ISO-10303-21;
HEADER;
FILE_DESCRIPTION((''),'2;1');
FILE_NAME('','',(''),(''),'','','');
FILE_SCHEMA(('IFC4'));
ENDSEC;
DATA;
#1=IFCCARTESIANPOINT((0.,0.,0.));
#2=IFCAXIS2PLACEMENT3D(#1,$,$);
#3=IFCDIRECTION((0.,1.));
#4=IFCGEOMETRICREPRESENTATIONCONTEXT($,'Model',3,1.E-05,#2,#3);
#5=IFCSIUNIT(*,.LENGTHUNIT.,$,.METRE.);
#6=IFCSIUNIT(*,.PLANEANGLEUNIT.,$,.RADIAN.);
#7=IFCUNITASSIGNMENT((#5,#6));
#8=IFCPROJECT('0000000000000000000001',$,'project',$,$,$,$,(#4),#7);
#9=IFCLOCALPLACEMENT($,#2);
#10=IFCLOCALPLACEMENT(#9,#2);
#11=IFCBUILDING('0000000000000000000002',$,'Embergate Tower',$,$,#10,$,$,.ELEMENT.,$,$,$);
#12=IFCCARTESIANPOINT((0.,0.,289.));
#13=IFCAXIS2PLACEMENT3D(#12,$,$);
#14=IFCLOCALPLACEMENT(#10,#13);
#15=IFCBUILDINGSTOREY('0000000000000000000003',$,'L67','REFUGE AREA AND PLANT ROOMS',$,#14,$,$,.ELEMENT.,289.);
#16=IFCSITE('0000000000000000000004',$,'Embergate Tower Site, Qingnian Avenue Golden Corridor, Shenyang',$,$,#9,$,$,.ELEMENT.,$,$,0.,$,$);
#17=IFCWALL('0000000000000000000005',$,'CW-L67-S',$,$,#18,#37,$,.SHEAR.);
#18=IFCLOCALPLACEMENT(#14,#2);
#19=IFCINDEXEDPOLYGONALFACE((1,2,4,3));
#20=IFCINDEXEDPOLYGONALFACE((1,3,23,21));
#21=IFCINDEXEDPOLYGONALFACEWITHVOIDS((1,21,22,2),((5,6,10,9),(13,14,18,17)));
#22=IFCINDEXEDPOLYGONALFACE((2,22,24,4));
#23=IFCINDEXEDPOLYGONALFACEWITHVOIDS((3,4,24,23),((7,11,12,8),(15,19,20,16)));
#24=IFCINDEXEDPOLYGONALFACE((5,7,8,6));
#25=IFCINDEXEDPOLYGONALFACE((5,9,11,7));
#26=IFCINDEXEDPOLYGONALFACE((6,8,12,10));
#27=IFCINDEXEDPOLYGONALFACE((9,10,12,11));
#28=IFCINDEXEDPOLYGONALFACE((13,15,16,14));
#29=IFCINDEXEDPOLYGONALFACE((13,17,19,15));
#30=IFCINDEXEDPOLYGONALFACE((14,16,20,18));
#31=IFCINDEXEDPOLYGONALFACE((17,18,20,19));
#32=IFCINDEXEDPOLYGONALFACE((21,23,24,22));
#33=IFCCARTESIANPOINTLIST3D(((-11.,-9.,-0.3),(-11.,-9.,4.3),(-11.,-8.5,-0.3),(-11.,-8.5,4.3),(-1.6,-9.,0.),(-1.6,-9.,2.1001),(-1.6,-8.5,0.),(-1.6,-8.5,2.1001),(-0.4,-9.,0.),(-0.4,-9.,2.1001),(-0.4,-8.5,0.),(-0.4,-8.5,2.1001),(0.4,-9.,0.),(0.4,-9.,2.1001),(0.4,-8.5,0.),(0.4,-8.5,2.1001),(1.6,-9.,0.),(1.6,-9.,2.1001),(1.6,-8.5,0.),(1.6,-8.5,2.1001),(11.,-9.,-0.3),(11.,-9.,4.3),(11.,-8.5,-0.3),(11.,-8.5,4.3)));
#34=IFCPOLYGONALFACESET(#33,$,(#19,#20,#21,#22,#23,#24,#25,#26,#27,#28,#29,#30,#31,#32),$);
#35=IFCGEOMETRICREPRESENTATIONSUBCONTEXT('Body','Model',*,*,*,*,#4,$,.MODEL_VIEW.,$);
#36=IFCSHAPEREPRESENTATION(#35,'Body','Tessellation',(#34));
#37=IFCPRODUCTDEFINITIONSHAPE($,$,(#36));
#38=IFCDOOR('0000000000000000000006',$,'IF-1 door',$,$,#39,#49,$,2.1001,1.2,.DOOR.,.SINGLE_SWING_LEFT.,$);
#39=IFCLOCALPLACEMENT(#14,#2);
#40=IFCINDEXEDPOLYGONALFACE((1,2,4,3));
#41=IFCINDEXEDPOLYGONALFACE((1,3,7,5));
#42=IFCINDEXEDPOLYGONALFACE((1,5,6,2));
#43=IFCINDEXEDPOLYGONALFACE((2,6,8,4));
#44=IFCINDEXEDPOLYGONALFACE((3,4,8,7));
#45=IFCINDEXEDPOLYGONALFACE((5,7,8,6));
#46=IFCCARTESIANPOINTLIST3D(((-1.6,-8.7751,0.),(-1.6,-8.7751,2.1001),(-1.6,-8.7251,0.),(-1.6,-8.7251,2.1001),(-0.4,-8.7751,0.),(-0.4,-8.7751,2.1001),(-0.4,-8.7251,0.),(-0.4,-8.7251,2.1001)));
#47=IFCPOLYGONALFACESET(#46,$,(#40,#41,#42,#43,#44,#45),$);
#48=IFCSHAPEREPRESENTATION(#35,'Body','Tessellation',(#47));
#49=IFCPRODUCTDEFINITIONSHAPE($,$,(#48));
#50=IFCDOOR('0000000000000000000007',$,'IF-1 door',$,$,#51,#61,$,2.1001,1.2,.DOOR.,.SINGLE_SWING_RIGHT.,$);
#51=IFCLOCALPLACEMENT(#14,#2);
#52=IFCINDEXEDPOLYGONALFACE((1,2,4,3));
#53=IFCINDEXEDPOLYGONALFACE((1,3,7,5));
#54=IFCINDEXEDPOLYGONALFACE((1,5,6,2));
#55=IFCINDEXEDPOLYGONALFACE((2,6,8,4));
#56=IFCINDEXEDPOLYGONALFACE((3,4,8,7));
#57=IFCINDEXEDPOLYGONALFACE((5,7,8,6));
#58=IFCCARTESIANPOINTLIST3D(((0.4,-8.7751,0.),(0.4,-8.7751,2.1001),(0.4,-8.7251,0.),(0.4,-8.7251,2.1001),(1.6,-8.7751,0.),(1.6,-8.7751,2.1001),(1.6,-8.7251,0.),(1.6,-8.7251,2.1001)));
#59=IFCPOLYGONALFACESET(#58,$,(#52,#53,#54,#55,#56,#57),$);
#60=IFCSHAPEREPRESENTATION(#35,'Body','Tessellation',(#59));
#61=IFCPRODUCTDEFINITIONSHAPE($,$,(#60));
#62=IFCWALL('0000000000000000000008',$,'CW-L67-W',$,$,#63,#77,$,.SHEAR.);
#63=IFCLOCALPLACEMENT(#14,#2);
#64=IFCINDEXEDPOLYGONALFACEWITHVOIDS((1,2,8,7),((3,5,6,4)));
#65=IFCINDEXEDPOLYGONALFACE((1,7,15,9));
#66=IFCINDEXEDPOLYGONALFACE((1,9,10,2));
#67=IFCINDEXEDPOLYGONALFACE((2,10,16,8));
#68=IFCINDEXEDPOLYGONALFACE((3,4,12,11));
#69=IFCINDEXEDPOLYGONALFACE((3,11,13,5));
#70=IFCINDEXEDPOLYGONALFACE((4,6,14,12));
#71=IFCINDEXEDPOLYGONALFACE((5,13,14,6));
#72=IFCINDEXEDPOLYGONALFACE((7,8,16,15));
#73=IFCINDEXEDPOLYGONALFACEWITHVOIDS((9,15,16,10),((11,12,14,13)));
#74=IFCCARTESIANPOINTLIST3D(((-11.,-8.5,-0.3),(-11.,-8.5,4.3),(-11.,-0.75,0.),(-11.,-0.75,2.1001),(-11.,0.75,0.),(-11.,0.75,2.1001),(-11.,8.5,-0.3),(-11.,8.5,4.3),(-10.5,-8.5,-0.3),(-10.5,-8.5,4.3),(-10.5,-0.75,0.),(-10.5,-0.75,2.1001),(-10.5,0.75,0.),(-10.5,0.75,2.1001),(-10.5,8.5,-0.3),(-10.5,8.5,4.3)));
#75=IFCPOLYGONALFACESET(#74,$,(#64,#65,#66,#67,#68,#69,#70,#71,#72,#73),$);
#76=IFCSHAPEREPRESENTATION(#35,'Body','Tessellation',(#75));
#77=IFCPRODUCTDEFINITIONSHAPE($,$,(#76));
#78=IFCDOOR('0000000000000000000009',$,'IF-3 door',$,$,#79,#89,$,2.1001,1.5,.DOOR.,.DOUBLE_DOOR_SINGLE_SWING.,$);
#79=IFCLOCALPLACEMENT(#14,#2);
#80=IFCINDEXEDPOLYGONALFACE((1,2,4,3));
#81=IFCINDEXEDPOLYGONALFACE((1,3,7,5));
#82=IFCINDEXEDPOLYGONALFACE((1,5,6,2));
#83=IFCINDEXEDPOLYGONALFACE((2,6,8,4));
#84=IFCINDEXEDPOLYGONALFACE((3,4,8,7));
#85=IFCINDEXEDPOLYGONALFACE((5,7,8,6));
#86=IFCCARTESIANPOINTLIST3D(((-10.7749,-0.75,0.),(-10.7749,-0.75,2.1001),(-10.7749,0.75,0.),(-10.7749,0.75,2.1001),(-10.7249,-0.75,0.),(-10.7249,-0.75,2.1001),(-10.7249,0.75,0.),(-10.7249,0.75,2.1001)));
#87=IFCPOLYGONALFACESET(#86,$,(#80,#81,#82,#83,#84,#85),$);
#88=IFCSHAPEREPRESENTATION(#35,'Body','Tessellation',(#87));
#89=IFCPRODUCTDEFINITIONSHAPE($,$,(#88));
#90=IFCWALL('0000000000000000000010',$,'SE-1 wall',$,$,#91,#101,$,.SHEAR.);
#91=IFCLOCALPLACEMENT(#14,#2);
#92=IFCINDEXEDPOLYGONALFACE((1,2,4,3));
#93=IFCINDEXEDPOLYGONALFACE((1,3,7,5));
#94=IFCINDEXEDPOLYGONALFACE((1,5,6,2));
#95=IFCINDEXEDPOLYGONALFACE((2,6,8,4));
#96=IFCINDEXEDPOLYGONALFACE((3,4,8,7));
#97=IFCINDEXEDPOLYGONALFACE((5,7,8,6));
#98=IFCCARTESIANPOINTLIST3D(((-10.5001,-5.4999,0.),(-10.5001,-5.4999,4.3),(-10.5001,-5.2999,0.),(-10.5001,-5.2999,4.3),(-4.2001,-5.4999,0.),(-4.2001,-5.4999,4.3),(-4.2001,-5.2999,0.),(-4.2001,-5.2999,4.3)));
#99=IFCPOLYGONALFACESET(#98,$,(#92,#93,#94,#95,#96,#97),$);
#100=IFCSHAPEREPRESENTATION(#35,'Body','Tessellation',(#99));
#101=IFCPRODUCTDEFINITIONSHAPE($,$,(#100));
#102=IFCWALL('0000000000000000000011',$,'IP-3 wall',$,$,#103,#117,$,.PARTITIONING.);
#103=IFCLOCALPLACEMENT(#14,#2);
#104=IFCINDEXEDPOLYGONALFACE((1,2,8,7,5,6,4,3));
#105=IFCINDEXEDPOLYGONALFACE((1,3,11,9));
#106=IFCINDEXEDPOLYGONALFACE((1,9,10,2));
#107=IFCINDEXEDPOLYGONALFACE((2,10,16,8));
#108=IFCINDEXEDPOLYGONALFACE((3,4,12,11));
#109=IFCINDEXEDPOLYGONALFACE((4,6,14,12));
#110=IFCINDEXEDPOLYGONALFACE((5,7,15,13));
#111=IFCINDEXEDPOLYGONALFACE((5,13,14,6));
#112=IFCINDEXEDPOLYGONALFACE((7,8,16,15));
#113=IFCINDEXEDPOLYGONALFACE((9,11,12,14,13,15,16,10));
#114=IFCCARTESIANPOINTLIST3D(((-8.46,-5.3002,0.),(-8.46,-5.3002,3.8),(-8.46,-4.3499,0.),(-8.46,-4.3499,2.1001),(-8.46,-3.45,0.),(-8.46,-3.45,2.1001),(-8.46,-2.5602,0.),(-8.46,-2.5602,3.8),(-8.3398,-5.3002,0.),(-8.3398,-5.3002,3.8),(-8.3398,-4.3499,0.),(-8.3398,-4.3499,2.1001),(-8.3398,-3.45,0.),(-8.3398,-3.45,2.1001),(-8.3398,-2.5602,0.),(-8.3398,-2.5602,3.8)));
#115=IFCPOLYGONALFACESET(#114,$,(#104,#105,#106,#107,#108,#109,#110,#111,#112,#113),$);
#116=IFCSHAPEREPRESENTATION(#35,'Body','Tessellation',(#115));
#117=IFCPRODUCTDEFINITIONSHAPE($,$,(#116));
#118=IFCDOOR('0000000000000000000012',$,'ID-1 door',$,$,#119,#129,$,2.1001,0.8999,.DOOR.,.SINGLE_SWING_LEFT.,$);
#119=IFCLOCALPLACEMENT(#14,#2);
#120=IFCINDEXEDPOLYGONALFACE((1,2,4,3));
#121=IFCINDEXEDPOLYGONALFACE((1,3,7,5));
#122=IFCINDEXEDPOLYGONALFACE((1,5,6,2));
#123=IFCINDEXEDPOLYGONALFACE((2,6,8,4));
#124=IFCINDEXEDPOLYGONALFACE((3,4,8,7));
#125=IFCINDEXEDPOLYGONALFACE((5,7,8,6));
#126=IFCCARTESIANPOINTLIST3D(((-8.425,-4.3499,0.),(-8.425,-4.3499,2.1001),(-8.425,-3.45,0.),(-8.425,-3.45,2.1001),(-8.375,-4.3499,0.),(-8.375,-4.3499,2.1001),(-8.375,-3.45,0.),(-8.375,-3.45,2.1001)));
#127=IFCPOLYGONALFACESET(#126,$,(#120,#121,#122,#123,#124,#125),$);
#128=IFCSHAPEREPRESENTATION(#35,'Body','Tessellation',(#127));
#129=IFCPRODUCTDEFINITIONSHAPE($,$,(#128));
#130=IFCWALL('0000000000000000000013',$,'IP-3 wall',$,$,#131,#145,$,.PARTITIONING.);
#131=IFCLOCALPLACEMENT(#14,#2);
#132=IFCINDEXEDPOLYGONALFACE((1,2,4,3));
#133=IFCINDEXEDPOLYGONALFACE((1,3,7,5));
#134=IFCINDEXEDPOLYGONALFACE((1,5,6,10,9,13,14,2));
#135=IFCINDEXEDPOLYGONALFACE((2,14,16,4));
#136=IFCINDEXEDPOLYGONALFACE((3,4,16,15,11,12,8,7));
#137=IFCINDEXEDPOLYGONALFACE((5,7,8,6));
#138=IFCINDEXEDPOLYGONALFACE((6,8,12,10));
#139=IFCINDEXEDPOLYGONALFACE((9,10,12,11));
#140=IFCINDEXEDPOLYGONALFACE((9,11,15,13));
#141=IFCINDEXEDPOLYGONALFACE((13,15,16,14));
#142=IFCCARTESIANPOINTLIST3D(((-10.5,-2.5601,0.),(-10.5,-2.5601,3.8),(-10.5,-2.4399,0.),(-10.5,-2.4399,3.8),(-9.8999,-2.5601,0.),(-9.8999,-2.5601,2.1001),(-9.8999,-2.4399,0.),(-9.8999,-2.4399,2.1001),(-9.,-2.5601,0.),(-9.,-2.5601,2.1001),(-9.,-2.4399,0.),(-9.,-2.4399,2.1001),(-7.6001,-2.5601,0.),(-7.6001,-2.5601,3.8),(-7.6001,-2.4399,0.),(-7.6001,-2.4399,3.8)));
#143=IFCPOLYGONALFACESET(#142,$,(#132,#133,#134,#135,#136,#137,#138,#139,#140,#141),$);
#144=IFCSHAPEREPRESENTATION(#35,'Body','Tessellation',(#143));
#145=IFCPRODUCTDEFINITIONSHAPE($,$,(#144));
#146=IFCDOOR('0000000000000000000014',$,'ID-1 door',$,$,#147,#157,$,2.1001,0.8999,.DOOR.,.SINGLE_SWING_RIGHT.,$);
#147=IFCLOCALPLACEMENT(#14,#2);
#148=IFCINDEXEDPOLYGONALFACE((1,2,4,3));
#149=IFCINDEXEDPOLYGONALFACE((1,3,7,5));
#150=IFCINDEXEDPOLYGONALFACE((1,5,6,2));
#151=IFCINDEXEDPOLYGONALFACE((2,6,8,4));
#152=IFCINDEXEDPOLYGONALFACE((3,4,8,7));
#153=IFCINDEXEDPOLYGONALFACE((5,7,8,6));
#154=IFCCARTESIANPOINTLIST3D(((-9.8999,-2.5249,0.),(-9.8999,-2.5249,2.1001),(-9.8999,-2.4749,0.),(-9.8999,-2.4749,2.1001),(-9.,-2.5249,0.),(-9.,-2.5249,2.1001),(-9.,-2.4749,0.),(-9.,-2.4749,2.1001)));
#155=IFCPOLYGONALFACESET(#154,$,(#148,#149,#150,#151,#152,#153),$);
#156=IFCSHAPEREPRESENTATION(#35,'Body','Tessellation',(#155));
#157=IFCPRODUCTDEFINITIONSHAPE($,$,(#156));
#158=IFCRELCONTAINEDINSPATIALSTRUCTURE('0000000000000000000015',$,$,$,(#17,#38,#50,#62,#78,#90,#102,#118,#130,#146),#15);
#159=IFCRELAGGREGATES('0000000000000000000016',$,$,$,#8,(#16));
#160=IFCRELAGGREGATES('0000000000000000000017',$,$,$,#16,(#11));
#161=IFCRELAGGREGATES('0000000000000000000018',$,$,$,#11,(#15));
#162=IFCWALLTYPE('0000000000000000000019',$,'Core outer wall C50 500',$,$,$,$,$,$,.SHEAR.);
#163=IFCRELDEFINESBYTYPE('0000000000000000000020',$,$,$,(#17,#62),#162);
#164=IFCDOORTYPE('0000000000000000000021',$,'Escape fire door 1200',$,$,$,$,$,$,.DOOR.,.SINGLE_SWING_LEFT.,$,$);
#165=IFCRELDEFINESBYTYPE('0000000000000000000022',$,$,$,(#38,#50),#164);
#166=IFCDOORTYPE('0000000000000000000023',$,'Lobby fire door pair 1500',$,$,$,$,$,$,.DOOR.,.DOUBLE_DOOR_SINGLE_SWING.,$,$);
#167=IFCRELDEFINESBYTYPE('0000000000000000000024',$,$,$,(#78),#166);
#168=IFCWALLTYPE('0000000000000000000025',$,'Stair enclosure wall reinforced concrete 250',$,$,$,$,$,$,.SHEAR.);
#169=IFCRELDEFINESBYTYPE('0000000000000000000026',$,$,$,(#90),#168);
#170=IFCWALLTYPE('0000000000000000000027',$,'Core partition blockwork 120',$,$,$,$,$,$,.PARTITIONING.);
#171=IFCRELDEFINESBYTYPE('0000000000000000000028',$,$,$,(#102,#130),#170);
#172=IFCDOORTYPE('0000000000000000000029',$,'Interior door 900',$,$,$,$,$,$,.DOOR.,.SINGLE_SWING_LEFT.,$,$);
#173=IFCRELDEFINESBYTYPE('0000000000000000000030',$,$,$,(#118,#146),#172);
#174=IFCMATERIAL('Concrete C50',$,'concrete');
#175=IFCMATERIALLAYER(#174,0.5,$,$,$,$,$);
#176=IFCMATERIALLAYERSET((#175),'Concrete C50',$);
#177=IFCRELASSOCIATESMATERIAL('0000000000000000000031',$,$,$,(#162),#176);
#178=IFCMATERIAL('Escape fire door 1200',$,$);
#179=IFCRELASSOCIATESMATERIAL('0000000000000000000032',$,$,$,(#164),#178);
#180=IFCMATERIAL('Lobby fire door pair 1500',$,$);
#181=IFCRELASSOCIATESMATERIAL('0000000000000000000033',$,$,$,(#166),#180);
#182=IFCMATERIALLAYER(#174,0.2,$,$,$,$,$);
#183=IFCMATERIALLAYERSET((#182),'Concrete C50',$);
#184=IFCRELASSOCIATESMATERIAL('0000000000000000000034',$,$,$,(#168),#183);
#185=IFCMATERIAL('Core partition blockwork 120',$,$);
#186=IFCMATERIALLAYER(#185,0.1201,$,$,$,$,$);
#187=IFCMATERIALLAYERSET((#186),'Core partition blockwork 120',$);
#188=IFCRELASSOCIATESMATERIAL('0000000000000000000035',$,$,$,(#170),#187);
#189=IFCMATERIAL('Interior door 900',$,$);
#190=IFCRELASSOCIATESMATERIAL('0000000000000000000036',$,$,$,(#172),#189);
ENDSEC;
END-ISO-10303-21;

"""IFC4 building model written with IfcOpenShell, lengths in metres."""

from ifc_helpers import new_model, si_unit, direction, frame, frame_2d, origin, place, context, subcontext, project, spatial, rectangle, extrude, source, transform, mapped, material, layer, layer_set, type_object, element, fill, save


model = new_model("IFC4")

# Units and contexts
model_context = context("Model", 3, precision=1e-05, world=origin(), true_north=direction((0.0, 1.0)))
body_context = subcontext(model_context, "Body", "Model", "MODEL_VIEW")
ifc_project = project(units=[si_unit("LENGTHUNIT", "METRE"), si_unit("PLANEANGLEUNIT", "RADIAN")], contexts=[model_context])

# Site, building, storey
site_placement = place(None, origin())
site = spatial("IfcSite", under=ifc_project, at=site_placement, Name="Embergate Tower Site, Qingnian Avenue Golden Corridor, Shenyang", CompositionType="ELEMENT", RefElevation=0.0)
building_placement = place(site_placement, origin())
building = spatial("IfcBuilding", under=site, at=building_placement, Name="Embergate Tower", CompositionType="ELEMENT")
storey_placement = place(building_placement, frame((0.0, 0.0, 289.0)))
storey = spatial("IfcBuildingStorey", under=building, at=storey_placement, Name="L67", Description="REFUGE AREA AND PLANT ROOMS", CompositionType="ELEMENT", Elevation=289.0)

# Wall, openings, doors
ifc_material_1 = material(Name="Concrete C50", Category="concrete")
ifc_layer_1 = layer(ifc_material_1, 0.5)
ifc_layer_set_1 = layer_set([ifc_layer_1], Name="Concrete C50")
wall_type_1 = type_object("IfcWallType", Name="Core outer wall C50 500", PredefinedType="SHEAR", material=ifc_layer_set_1)
shared_shape_1 = source(origin(), body_context, "Body", "SweptSolid", [
    extrude(rectangle(XDim=22.0, YDim=0.5, at=frame_2d((11.0, 0.0))), origin(), (0.0, 0.0, 1.0), 4.6001),
])
wall_1_placement = place(storey_placement, frame((-11.0, -8.75, -0.3), z_axis=(0.0, 0.0, 1.0), x_axis=(1.0, 0.0, 0.0)))
wall_1 = element("IfcWall", 1, at=wall_1_placement, inside=storey, type_object=wall_type_1, Name="CW-L67-S", PredefinedType="SHEAR", context=body_context, shape_type="MappedRepresentation", body=[
    mapped(shared_shape_1, transform((0.0, 0.0, 0.0))),
])
shared_shape_2 = source(origin(), body_context, "Body", "SweptSolid", [
    extrude(rectangle(XDim=1.2, YDim=2.1001, at=frame_2d((0.6001, 1.05))), frame((0.0, 0.26, 0.0), z_axis=(0.0, -1.0, 0.0), x_axis=(1.0, 0.0, 0.0)), (0.0, 0.0, 1.0), 0.52),
])
opening_1_placement = place(wall_1_placement, frame((9.3999, 0.0, 0.3)))
opening_1 = element("IfcOpeningElement", 2, at=opening_1_placement, cuts=wall_1, PredefinedType="OPENING", context=body_context, shape_type="MappedRepresentation", body=[
    mapped(shared_shape_2, transform((0.0, 0.0, 0.0))),
])
opening_2_placement = place(wall_1_placement, frame((11.3999, 0.0, 0.3)))
opening_2 = element("IfcOpeningElement", 3, at=opening_2_placement, cuts=wall_1, PredefinedType="OPENING", context=body_context, shape_type="MappedRepresentation", body=[
    mapped(shared_shape_2, transform((0.0, 0.0, 0.0))),
])
ifc_material_2 = material(Name="Escape fire door 1200")
door_type_1 = type_object("IfcDoorType", Name="Escape fire door 1200", OperationType="SINGLE_SWING_LEFT", PredefinedType="DOOR", material=ifc_material_2)
shared_shape_3 = source(origin(), body_context, "Body", "SweptSolid", [
    extrude(rectangle(XDim=1.2, YDim=2.1001, at=frame_2d((0.6001, 1.05))), frame((0.0, 0.0249, 0.0), z_axis=(0.0, -1.0, 0.0), x_axis=(1.0, 0.0, 0.0)), (0.0, 0.0, 1.0), 0.05),
])
door_1_placement = place(opening_1_placement, origin())
door_1 = element("IfcDoor", 4, at=door_1_placement, inside=storey, type_object=door_type_1, Name="IF-1 door", OperationType="SINGLE_SWING_LEFT", OverallHeight=2.1001, OverallWidth=1.2, PredefinedType="DOOR", context=body_context, shape_type="MappedRepresentation", body=[
    mapped(shared_shape_3, transform((0.0, 0.0, 0.0))),
])
fill(opening_1, door_1)
door_2_placement = place(opening_2_placement, origin())
door_2 = element("IfcDoor", 5, at=door_2_placement, inside=storey, type_object=door_type_1, Name="IF-1 door", OperationType="SINGLE_SWING_RIGHT", OverallHeight=2.1001, OverallWidth=1.2, PredefinedType="DOOR", context=body_context, shape_type="MappedRepresentation", body=[
    mapped(shared_shape_3, transform((0.0, 0.0, 0.0))),
])
fill(opening_2, door_2)

# Wall, opening, door
shared_shape_4 = source(origin(), body_context, "Body", "SweptSolid", [
    extrude(rectangle(XDim=17.0, YDim=0.5, at=frame_2d((8.5, 0.0))), origin(), (0.0, 0.0, 1.0), 4.6001),
])
wall_2_placement = place(storey_placement, frame((-10.75, -8.5, -0.3), z_axis=(0.0, 0.0, 1.0), x_axis=(0.0, 1.0, 0.0)))
wall_2 = element("IfcWall", 6, at=wall_2_placement, inside=storey, type_object=wall_type_1, Name="CW-L67-W", PredefinedType="SHEAR", context=body_context, shape_type="MappedRepresentation", body=[
    mapped(shared_shape_4, transform((0.0, 0.0, 0.0))),
])
shared_shape_5 = source(origin(), body_context, "Body", "SweptSolid", [
    extrude(rectangle(XDim=1.5, YDim=2.1001, at=frame_2d((0.75, 1.05))), frame((0.0, 0.26, 0.0), z_axis=(0.0, -1.0, 0.0), x_axis=(1.0, 0.0, 0.0)), (0.0, 0.0, 1.0), 0.52),
])
opening_3_placement = place(wall_2_placement, frame((7.75, 0.0, 0.3)))
opening_3 = element("IfcOpeningElement", 7, at=opening_3_placement, cuts=wall_2, PredefinedType="OPENING", context=body_context, shape_type="MappedRepresentation", body=[
    mapped(shared_shape_5, transform((0.0, 0.0, 0.0))),
])
ifc_material_3 = material(Name="Lobby fire door pair 1500")
door_type_2 = type_object("IfcDoorType", Name="Lobby fire door pair 1500", OperationType="DOUBLE_DOOR_SINGLE_SWING", PredefinedType="DOOR", material=ifc_material_3)
shared_shape_6 = source(origin(), body_context, "Body", "SweptSolid", [
    extrude(rectangle(XDim=1.5, YDim=2.1001, at=frame_2d((0.75, 1.05))), frame((0.0, 0.0249, 0.0), z_axis=(0.0, -1.0, 0.0), x_axis=(1.0, 0.0, 0.0)), (0.0, 0.0, 1.0), 0.05),
])
door_3_placement = place(opening_3_placement, origin())
door_3 = element("IfcDoor", 8, at=door_3_placement, inside=storey, type_object=door_type_2, Name="IF-3 door", OperationType="DOUBLE_DOOR_SINGLE_SWING", OverallHeight=2.1001, OverallWidth=1.5, PredefinedType="DOOR", context=body_context, shape_type="MappedRepresentation", body=[
    mapped(shared_shape_6, transform((0.0, 0.0, 0.0))),
])
fill(opening_3, door_3)

# Wall
ifc_layer_2 = layer(ifc_material_1, 0.2)
ifc_layer_set_2 = layer_set([ifc_layer_2], Name="Concrete C50")
wall_type_2 = type_object("IfcWallType", Name="Stair enclosure wall reinforced concrete 250", PredefinedType="SHEAR", material=ifc_layer_set_2)
shared_shape_7 = source(origin(), body_context, "Body", "SweptSolid", [
    extrude(rectangle(XDim=6.3, YDim=0.2, at=frame_2d((3.1499, 0.0))), origin(), (0.0, 0.0, 1.0), 4.3),
])
wall_3_placement = place(storey_placement, frame((-10.5, -5.3999, 0.0), z_axis=(0.0, 0.0, 1.0), x_axis=(1.0, 0.0, 0.0)))
element("IfcWall", 9, at=wall_3_placement, inside=storey, type_object=wall_type_2, Name="SE-1 wall", PredefinedType="SHEAR", context=body_context, shape_type="MappedRepresentation", body=[
    mapped(shared_shape_7, transform((0.0, 0.0, 0.0))),
])

# Walls, openings, doors
ifc_material_4 = material(Name="Core partition blockwork 120")
ifc_layer_3 = layer(ifc_material_4, 0.1201)
ifc_layer_set_3 = layer_set([ifc_layer_3], Name="Core partition blockwork 120")
wall_type_3 = type_object("IfcWallType", Name="Core partition blockwork 120", PredefinedType="PARTITIONING", material=ifc_layer_set_3)
shared_shape_8 = source(origin(), body_context, "Body", "SweptSolid", [
    extrude(rectangle(XDim=2.74, YDim=0.1201, at=frame_2d((1.3701, 0.0))), origin(), (0.0, 0.0, 1.0), 3.8),
])
wall_4_placement = place(storey_placement, frame((-8.3999, -2.5601, 0.0), z_axis=(0.0, 0.0, 1.0), x_axis=(0.0, -1.0, 0.0)))
wall_4 = element("IfcWall", 10, at=wall_4_placement, inside=storey, type_object=wall_type_3, Name="IP-3 wall", PredefinedType="PARTITIONING", context=body_context, shape_type="MappedRepresentation", body=[
    mapped(shared_shape_8, transform((0.0, 0.0, 0.0))),
])
shared_shape_9 = source(origin(), body_context, "Body", "SweptSolid", [
    extrude(rectangle(XDim=0.8999, YDim=2.1001, at=frame_2d((0.45, 1.05))), frame((0.0, 0.0701, 0.0), z_axis=(0.0, -1.0, 0.0), x_axis=(1.0, 0.0, 0.0)), (0.0, 0.0, 1.0), 0.1401),
])
opening_4_placement = place(wall_4_placement, frame((0.8899, 0.0, 0.0)))
opening_4 = element("IfcOpeningElement", 11, at=opening_4_placement, cuts=wall_4, PredefinedType="OPENING", context=body_context, shape_type="MappedRepresentation", body=[
    mapped(shared_shape_9, transform((0.0, 0.0, 0.0))),
])
ifc_material_5 = material(Name="Interior door 900")
door_type_3 = type_object("IfcDoorType", Name="Interior door 900", OperationType="SINGLE_SWING_LEFT", PredefinedType="DOOR", material=ifc_material_5)
shared_shape_10 = source(origin(), body_context, "Body", "SweptSolid", [
    extrude(rectangle(XDim=0.8999, YDim=2.1001, at=frame_2d((0.45, 1.05))), frame((0.0, 0.0249, 0.0), z_axis=(0.0, -1.0, 0.0), x_axis=(1.0, 0.0, 0.0)), (0.0, 0.0, 1.0), 0.05),
])
door_4_placement = place(opening_4_placement, origin())
door_4 = element("IfcDoor", 12, at=door_4_placement, inside=storey, type_object=door_type_3, Name="ID-1 door", OperationType="SINGLE_SWING_LEFT", OverallHeight=2.1001, OverallWidth=0.8999, PredefinedType="DOOR", context=body_context, shape_type="MappedRepresentation", body=[
    mapped(shared_shape_10, transform((0.0, 0.0, 0.0))),
])
fill(opening_4, door_4)
shared_shape_11 = source(origin(), body_context, "Body", "SweptSolid", [
    extrude(rectangle(XDim=2.8999, YDim=0.1201, at=frame_2d((1.45, 0.0))), origin(), (0.0, 0.0, 1.0), 3.8),
])
wall_5_placement = place(storey_placement, frame((-7.6001, -2.5, 0.0), z_axis=(0.0, 0.0, 1.0), x_axis=(-1.0, 0.0, 0.0)))
wall_5 = element("IfcWall", 13, at=wall_5_placement, inside=storey, type_object=wall_type_3, Name="IP-3 wall", PredefinedType="PARTITIONING", context=body_context, shape_type="MappedRepresentation", body=[
    mapped(shared_shape_11, transform((0.0, 0.0, 0.0))),
])
opening_5_placement = place(wall_5_placement, frame((1.3999, 0.0, 0.0)))
opening_5 = element("IfcOpeningElement", 14, at=opening_5_placement, cuts=wall_5, PredefinedType="OPENING", context=body_context, shape_type="MappedRepresentation", body=[
    mapped(shared_shape_9, transform((0.0, 0.0, 0.0))),
])
door_5_placement = place(opening_5_placement, origin())
door_5 = element("IfcDoor", 15, at=door_5_placement, inside=storey, type_object=door_type_3, Name="ID-1 door", OperationType="SINGLE_SWING_RIGHT", OverallHeight=2.1001, OverallWidth=0.8999, PredefinedType="DOOR", context=body_context, shape_type="MappedRepresentation", body=[
    mapped(shared_shape_10, transform((0.0, 0.0, 0.0))),
])
fill(opening_5, door_5)

save(model, "model.ifc")
